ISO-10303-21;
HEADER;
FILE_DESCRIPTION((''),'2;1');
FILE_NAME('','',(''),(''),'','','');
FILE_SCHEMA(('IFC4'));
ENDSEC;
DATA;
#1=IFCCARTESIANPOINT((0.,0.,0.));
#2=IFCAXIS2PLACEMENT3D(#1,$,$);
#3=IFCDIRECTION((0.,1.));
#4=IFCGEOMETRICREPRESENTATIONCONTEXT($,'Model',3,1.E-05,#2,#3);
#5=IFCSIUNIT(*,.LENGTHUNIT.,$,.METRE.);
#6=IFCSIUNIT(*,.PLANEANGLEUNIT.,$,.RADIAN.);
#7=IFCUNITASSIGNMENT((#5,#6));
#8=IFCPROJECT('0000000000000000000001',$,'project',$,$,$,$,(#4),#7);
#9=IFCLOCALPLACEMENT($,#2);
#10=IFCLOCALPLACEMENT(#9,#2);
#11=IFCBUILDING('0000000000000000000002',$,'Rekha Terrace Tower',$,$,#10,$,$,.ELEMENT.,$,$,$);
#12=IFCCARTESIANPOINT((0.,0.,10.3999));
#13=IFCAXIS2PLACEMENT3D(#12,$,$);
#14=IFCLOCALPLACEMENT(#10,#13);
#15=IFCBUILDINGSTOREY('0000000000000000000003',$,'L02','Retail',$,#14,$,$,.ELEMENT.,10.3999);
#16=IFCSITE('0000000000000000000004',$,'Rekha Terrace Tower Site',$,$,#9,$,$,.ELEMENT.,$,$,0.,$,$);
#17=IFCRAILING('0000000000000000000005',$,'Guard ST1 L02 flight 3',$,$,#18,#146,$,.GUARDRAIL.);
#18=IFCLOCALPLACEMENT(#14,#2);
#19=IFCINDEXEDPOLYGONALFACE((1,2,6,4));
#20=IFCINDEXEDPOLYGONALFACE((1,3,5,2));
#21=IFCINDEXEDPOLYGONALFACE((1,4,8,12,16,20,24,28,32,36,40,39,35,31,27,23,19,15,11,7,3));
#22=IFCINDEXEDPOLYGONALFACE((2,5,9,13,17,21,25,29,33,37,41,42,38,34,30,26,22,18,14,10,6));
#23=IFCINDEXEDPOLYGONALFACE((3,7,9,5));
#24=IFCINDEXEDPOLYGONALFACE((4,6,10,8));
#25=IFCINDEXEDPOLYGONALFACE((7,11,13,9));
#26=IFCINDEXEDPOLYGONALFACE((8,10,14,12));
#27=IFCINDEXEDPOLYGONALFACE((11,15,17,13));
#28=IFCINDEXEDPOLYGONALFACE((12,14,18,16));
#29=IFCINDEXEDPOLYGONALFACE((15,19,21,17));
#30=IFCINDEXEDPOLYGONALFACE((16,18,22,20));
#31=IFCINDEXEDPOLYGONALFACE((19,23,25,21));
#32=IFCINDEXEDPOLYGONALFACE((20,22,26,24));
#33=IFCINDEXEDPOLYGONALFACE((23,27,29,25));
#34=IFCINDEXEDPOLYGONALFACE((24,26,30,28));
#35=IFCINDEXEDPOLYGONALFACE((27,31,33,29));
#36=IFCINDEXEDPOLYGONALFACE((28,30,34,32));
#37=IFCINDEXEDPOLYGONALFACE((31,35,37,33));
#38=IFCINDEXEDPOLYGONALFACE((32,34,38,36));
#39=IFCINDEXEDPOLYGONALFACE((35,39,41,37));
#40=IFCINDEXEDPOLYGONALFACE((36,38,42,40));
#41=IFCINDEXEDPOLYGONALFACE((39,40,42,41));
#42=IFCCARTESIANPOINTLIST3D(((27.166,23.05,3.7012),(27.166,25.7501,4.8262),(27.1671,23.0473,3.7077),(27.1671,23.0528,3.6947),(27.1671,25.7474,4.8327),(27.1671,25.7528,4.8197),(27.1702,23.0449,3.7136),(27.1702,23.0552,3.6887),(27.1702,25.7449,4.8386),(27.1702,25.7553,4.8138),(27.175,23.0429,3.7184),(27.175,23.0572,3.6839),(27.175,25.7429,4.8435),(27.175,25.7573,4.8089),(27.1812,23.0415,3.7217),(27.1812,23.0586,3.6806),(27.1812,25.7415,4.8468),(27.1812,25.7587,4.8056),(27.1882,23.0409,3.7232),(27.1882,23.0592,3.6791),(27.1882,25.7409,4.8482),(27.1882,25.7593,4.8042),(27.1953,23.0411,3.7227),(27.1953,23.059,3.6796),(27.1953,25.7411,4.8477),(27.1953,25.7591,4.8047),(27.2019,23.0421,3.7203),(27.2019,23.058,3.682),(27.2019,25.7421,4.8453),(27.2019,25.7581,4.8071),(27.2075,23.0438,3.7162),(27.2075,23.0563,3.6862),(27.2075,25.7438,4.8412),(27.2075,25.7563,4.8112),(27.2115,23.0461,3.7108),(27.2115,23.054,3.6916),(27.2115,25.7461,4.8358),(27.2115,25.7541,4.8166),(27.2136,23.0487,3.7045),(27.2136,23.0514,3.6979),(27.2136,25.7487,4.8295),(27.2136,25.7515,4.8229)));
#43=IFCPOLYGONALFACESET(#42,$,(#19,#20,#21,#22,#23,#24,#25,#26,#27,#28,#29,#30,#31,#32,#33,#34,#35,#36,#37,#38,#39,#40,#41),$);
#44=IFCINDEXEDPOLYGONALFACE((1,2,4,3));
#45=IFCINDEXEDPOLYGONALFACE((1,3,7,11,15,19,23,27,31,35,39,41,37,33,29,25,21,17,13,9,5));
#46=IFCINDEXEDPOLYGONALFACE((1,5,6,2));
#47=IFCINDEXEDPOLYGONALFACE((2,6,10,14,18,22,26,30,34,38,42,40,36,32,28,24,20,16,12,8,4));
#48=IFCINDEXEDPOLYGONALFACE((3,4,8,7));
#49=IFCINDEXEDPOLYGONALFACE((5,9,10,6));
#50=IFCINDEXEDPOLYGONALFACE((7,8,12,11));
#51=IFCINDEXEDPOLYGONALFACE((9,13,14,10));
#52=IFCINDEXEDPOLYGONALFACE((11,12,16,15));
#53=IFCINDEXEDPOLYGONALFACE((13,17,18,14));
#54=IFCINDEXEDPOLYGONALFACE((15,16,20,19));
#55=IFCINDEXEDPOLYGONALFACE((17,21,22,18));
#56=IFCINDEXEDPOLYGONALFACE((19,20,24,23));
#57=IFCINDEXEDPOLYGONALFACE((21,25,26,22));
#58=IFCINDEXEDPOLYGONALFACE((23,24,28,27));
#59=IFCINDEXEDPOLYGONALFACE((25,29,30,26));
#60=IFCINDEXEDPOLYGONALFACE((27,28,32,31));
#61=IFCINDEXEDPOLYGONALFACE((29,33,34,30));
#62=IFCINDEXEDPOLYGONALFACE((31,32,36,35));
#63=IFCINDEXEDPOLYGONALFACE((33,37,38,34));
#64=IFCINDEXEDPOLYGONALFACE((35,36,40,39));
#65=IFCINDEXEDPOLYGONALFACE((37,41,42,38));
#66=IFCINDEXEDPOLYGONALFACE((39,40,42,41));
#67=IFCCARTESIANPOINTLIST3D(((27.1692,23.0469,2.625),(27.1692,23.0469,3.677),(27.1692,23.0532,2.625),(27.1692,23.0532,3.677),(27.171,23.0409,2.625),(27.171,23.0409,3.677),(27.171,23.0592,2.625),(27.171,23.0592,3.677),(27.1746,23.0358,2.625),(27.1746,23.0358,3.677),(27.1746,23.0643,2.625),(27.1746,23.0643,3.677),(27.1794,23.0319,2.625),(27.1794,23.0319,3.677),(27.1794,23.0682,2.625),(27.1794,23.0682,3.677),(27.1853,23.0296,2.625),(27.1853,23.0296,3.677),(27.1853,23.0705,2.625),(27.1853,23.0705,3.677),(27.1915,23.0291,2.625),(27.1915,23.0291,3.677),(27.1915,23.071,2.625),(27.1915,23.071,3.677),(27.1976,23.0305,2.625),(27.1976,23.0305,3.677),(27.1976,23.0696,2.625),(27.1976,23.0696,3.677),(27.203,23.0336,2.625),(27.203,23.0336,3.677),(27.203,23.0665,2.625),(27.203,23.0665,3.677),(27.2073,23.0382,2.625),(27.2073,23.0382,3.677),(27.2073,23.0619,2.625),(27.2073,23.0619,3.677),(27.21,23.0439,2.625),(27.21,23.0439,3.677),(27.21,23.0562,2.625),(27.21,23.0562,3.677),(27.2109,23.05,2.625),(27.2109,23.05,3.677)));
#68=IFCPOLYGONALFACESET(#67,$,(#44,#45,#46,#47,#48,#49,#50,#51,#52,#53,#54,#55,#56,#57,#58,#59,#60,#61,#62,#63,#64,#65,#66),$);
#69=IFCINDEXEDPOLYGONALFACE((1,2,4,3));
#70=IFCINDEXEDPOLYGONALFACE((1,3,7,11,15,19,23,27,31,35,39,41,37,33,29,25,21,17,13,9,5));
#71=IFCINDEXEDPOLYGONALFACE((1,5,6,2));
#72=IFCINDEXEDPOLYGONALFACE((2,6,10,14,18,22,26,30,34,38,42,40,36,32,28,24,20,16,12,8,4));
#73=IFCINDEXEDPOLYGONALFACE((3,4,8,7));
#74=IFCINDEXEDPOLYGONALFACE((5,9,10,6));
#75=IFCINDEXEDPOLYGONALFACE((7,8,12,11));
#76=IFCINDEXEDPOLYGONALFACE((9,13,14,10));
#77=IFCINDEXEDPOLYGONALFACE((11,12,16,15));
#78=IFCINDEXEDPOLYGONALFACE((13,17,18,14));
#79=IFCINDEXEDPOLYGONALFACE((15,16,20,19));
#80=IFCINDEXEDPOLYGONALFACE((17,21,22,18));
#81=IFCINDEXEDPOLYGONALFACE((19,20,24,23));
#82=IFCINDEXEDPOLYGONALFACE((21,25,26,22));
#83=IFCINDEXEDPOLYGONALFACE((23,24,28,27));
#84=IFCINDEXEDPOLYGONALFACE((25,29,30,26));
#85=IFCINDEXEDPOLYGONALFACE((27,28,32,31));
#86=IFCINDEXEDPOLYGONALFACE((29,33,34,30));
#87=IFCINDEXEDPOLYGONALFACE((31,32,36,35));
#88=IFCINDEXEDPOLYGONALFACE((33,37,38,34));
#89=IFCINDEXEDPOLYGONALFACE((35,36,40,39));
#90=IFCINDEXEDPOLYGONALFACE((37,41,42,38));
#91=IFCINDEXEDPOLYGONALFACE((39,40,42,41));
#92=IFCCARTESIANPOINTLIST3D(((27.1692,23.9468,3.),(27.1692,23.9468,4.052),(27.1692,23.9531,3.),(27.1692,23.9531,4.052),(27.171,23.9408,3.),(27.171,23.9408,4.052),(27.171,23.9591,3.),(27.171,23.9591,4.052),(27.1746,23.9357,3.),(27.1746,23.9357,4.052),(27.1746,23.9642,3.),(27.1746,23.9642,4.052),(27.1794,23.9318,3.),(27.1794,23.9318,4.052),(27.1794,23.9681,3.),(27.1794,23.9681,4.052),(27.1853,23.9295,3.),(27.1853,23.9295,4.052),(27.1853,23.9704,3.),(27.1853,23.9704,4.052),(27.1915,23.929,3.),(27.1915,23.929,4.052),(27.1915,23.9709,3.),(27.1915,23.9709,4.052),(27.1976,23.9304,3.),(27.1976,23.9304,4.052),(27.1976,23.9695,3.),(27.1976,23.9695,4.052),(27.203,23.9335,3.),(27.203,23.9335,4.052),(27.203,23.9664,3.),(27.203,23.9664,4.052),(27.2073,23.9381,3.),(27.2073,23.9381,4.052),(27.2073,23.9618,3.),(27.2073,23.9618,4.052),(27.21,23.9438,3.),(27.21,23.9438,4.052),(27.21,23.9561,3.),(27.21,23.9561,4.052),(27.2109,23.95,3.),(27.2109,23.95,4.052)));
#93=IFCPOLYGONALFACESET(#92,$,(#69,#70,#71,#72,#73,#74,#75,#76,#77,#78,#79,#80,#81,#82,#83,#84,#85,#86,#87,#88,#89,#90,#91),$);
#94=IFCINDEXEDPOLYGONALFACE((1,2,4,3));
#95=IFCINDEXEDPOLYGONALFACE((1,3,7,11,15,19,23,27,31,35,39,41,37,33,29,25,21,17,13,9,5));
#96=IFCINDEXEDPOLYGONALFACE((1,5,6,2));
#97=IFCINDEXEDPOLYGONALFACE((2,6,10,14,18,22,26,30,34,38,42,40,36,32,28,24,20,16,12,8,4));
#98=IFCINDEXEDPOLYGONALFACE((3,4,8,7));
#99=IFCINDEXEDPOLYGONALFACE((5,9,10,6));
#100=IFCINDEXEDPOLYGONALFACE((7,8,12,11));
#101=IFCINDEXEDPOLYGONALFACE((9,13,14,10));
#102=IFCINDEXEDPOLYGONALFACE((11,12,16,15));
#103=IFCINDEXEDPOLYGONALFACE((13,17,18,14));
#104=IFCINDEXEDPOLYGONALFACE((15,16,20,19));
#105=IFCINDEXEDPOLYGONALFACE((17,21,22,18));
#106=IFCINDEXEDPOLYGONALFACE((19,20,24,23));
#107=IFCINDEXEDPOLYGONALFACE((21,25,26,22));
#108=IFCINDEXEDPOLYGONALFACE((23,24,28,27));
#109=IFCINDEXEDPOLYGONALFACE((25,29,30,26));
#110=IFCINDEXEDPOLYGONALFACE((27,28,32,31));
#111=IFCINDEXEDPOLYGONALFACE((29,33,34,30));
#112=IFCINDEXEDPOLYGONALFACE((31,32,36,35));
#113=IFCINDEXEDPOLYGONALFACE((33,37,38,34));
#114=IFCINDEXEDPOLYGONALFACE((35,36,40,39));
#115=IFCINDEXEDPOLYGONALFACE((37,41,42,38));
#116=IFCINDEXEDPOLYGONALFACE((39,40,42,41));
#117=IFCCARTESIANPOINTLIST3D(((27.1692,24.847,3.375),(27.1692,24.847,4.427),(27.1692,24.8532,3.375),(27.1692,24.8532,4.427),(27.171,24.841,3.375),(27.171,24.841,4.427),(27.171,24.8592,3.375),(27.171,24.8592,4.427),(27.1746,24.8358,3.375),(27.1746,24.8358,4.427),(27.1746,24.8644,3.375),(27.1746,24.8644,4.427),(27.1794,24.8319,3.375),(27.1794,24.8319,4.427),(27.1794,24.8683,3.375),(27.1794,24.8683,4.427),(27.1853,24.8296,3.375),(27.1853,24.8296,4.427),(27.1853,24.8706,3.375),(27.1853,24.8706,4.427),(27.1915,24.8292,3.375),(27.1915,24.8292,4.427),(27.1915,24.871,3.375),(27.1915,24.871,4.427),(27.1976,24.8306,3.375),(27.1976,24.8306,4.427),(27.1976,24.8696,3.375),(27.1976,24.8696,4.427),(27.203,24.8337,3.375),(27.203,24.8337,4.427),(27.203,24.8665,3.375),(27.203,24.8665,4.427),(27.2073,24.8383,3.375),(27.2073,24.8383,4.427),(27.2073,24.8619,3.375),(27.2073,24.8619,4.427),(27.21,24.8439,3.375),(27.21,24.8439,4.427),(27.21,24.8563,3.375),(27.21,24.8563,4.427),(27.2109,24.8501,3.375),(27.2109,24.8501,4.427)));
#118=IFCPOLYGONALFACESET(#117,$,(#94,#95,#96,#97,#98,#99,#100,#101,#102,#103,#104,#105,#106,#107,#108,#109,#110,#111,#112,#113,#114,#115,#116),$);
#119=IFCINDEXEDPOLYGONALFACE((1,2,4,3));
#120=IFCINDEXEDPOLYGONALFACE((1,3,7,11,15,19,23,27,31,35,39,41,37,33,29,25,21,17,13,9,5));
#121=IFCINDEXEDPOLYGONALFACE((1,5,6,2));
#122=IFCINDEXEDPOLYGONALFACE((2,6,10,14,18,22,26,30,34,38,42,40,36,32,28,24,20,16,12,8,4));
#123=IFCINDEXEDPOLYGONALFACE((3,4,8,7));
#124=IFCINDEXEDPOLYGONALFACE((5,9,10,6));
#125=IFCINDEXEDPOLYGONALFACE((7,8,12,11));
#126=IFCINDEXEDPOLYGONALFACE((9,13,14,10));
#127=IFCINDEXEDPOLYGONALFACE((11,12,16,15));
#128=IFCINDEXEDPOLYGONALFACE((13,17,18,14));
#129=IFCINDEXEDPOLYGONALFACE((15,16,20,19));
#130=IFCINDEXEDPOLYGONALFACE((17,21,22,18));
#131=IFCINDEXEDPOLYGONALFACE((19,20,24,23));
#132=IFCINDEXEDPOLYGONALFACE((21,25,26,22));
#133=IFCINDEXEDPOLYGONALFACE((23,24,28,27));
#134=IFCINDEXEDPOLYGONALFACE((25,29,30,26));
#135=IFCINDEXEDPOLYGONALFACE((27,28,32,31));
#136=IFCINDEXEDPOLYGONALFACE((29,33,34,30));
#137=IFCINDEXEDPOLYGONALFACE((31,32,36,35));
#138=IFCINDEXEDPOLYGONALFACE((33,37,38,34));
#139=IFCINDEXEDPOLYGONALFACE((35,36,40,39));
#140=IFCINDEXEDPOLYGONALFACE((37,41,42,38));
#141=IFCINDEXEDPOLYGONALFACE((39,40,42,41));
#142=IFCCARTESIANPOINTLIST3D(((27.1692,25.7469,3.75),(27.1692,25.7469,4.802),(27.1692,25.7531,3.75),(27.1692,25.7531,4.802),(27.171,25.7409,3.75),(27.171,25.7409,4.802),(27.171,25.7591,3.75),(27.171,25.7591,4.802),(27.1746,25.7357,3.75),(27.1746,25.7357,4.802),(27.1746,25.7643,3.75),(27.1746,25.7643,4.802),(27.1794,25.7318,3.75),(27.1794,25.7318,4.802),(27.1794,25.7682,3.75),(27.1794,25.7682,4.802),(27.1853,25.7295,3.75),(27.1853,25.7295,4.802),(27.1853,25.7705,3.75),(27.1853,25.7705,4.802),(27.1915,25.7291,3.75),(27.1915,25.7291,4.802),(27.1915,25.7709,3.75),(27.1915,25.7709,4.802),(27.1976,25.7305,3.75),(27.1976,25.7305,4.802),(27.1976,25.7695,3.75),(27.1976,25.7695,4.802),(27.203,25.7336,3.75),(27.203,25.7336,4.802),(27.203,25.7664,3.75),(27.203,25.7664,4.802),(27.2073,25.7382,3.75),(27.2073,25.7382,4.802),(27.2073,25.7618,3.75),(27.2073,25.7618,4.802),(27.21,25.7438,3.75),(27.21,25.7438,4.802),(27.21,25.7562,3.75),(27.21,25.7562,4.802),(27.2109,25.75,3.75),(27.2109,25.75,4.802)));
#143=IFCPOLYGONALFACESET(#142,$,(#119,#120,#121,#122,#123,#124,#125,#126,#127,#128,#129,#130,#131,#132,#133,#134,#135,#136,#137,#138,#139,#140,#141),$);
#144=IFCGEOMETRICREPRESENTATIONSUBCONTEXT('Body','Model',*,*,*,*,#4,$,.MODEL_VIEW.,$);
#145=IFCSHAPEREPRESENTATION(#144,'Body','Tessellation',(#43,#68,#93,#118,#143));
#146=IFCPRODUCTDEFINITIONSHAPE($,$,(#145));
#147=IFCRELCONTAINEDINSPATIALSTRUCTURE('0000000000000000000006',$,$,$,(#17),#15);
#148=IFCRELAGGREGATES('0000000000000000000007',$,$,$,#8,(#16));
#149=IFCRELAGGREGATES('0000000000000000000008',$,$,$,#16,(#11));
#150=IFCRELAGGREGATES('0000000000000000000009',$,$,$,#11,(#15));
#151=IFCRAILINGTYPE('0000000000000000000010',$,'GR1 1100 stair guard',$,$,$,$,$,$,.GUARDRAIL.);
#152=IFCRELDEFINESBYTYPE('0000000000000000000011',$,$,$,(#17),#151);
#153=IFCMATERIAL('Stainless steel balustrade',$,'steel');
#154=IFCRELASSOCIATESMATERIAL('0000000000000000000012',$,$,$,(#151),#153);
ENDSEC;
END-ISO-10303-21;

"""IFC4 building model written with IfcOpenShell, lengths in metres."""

from ifc_helpers import new_model, si_unit, direction, frame, origin, origin_2d, place, context, subcontext, project, spatial, circle, extrude, material, type_object, element, save


model = new_model("IFC4")

# Units and contexts
model_context = context("Model", 3, precision=1e-05, world=origin(), true_north=direction((0.0, 1.0)))
body_context = subcontext(model_context, "Body", "Model", "MODEL_VIEW")
ifc_project = project(units=[si_unit("LENGTHUNIT", "METRE"), si_unit("PLANEANGLEUNIT", "RADIAN")], contexts=[model_context])

# Site, building, storey
site_placement = place(None, origin())
site = spatial("IfcSite", under=ifc_project, at=site_placement, Name="Rekha Terrace Tower Site", CompositionType="ELEMENT", RefElevation=0.0)
building_placement = place(site_placement, origin())
building = spatial("IfcBuilding", under=site, at=building_placement, Name="Rekha Terrace Tower", CompositionType="ELEMENT")
storey_placement = place(building_placement, frame((0.0, 0.0, 10.3999)))
storey = spatial("IfcBuildingStorey", under=building, at=storey_placement, Name="L02", Description="Retail", CompositionType="ELEMENT", Elevation=10.3999)

# Railing
ifc_material_1 = material(Name="Stainless steel balustrade", Category="steel")
railing_type_1 = type_object("IfcRailingType", Name="GR1 1100 stair guard", PredefinedType="GUARDRAIL", material=ifc_material_1)
railing_1_placement = place(storey_placement, frame((27.1899, 23.05, 2.625)))
element("IfcRailing", 1, at=railing_1_placement, inside=storey, type_object=railing_type_1, Name="Guard ST1 L02 flight 3", PredefinedType="GUARDRAIL", context=body_context, shape_type="SweptSolid", body=[
    extrude(circle(Radius=0.0239, at=origin_2d()), frame((0.0, 0.0, 1.0762), z_axis=(0.0, 0.923074, 0.384621), x_axis=(-1.0, 0.0, 0.0)), (0.0, 0.0, 1.0), 2.925),
    extrude(circle(Radius=0.021, at=origin_2d()), origin(), (0.0, 0.0, 1.0), 1.052),
    extrude(circle(Radius=0.021, at=origin_2d()), frame((0.0, 0.8999, 0.375)), (0.0, 0.0, 1.0), 1.052),
    extrude(circle(Radius=0.021, at=origin_2d()), frame((0.0, 1.8, 0.75)), (0.0, 0.0, 1.0), 1.052),
    extrude(circle(Radius=0.021, at=origin_2d()), frame((0.0, 2.7, 1.125)), (0.0, 0.0, 1.0), 1.052),
])

save(model, "model.ifc")
